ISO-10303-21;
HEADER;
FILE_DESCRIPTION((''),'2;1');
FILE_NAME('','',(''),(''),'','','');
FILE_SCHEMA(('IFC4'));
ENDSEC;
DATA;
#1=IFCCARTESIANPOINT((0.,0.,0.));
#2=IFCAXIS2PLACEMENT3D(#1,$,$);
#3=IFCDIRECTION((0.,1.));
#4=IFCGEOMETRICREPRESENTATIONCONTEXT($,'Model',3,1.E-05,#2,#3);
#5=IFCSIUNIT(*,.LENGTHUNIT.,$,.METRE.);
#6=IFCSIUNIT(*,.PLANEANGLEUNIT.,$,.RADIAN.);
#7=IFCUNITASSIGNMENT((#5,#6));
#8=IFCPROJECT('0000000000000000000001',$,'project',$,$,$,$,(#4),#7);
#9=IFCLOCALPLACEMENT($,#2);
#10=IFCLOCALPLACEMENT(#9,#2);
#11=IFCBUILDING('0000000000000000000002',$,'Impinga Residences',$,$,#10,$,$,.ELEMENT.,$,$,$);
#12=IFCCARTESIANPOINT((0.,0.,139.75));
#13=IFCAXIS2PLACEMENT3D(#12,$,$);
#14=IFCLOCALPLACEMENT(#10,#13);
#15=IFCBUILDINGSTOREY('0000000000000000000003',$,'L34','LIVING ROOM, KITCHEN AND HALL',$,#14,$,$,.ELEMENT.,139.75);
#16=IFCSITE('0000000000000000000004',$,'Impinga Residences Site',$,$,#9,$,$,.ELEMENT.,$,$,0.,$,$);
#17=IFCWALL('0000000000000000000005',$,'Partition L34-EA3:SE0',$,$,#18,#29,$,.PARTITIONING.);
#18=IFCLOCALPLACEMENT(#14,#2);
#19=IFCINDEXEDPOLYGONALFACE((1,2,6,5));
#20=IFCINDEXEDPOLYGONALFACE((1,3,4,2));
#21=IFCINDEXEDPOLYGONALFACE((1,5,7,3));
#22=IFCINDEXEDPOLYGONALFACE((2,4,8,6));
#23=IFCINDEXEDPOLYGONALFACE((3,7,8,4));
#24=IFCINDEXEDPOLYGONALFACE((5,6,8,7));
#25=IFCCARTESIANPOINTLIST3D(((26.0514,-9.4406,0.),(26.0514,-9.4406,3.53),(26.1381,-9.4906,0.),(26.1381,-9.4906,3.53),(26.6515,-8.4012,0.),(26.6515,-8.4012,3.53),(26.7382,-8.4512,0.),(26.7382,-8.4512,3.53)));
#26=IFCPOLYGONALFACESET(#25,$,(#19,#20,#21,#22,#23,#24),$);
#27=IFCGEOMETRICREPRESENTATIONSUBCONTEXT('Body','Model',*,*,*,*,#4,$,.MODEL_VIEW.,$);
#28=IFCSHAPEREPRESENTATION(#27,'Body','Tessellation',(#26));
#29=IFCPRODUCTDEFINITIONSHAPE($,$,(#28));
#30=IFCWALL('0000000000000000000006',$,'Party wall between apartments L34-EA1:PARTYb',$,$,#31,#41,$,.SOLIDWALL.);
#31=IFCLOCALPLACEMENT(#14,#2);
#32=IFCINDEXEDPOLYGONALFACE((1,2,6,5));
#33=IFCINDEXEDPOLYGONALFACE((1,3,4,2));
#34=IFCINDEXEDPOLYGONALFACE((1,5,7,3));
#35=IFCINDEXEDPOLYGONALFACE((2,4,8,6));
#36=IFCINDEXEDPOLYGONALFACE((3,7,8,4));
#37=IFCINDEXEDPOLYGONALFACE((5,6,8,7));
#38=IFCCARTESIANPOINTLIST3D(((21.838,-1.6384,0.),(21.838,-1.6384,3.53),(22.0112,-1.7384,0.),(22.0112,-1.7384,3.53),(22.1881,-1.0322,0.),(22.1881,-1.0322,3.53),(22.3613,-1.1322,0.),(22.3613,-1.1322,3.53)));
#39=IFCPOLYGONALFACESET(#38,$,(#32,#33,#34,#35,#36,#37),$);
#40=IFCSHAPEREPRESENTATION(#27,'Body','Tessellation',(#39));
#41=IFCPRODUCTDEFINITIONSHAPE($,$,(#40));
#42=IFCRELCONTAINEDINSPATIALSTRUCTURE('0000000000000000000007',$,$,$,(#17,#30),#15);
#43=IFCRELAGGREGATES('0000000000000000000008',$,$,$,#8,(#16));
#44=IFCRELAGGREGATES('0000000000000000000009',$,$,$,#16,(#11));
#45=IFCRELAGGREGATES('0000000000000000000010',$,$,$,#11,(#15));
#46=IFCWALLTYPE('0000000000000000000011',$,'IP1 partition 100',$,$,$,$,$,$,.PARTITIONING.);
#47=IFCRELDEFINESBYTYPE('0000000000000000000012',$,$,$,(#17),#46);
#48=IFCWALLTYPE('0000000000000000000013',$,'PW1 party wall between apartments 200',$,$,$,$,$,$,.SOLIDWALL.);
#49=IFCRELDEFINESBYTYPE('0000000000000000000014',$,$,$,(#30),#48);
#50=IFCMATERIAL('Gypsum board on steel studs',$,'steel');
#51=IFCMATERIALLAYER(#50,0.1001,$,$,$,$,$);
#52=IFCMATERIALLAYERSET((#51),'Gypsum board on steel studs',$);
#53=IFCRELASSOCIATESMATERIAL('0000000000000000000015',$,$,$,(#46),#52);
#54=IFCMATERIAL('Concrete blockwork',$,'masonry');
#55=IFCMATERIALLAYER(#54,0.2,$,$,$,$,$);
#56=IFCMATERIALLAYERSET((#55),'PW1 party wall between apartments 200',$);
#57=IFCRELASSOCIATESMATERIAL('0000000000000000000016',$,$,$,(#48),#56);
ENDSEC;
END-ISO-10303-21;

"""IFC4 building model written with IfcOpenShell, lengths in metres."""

from ifc_helpers import new_model, si_unit, direction, frame, frame_2d, origin, place, context, subcontext, project, spatial, rectangle, extrude, material, layer, layer_set, type_object, element, save


model = new_model("IFC4")

# Units and contexts
model_context = context("Model", 3, precision=1e-05, world=origin(), true_north=direction((0.0, 1.0)))
body_context = subcontext(model_context, "Body", "Model", "MODEL_VIEW")
ifc_project = project(units=[si_unit("LENGTHUNIT", "METRE"), si_unit("PLANEANGLEUNIT", "RADIAN")], contexts=[model_context])

# Site, building, storey
site_placement = place(None, origin())
site = spatial("IfcSite", under=ifc_project, at=site_placement, Name="Impinga Residences Site", CompositionType="ELEMENT", RefElevation=0.0)
building_placement = place(site_placement, origin())
building = spatial("IfcBuilding", under=site, at=building_placement, Name="Impinga Residences", CompositionType="ELEMENT")
storey_placement = place(building_placement, frame((0.0, 0.0, 139.75)))
storey = spatial("IfcBuildingStorey", under=building, at=storey_placement, Name="L34", Description="LIVING ROOM, KITCHEN AND HALL", CompositionType="ELEMENT", Elevation=139.75)

# Shared definitions
ifc_material_1 = material(Name="Gypsum board on steel studs", Category="steel")
ifc_layer_1 = layer(ifc_material_1, 0.1001)
ifc_layer_set_1 = layer_set([ifc_layer_1], Name="Gypsum board on steel studs")
wall_type_1 = type_object("IfcWallType", Name="IP1 partition 100", PredefinedType="PARTITIONING", material=ifc_layer_set_1)

# Walls
wall_1_placement = place(storey_placement, frame((26.0947, -9.4656, 0.0), z_axis=(0.0, 0.0, 1.0), x_axis=(0.500034, 0.866006, 0.0)))
element("IfcWall", 1, at=wall_1_placement, inside=storey, type_object=wall_type_1, Name="Partition L34-EA3:SE0", PredefinedType="PARTITIONING", context=body_context, shape_type="SweptSolid", body=[
    extrude(rectangle(XDim=1.2002, YDim=0.1001, at=frame_2d((0.6001, 0.0))), origin(), (0.0, 0.0, 1.0), 3.53),
])
ifc_material_2 = material(Name="Concrete blockwork", Category="masonry")
ifc_layer_2 = layer(ifc_material_2, 0.2)
ifc_layer_set_2 = layer_set([ifc_layer_2], Name="PW1 party wall between apartments 200")
wall_type_2 = type_object("IfcWallType", Name="PW1 party wall between apartments 200", PredefinedType="SOLIDWALL", material=ifc_layer_set_2)
wall_2_placement = place(storey_placement, frame((21.9246, -1.6885, 0.0), z_axis=(0.0, 0.0, 1.0), x_axis=(0.500115, 0.865959, 0.0)))
element("IfcWall", 2, at=wall_2_placement, inside=storey, type_object=wall_type_2, Name="Party wall between apartments L34-EA1:PARTYb", PredefinedType="SOLIDWALL", context=body_context, shape_type="SweptSolid", body=[
    extrude(rectangle(XDim=0.7, YDim=0.2, at=frame_2d((0.3501, 0.0))), origin(), (0.0, 0.0, 1.0), 3.53),
])

save(model, "model.ifc")
